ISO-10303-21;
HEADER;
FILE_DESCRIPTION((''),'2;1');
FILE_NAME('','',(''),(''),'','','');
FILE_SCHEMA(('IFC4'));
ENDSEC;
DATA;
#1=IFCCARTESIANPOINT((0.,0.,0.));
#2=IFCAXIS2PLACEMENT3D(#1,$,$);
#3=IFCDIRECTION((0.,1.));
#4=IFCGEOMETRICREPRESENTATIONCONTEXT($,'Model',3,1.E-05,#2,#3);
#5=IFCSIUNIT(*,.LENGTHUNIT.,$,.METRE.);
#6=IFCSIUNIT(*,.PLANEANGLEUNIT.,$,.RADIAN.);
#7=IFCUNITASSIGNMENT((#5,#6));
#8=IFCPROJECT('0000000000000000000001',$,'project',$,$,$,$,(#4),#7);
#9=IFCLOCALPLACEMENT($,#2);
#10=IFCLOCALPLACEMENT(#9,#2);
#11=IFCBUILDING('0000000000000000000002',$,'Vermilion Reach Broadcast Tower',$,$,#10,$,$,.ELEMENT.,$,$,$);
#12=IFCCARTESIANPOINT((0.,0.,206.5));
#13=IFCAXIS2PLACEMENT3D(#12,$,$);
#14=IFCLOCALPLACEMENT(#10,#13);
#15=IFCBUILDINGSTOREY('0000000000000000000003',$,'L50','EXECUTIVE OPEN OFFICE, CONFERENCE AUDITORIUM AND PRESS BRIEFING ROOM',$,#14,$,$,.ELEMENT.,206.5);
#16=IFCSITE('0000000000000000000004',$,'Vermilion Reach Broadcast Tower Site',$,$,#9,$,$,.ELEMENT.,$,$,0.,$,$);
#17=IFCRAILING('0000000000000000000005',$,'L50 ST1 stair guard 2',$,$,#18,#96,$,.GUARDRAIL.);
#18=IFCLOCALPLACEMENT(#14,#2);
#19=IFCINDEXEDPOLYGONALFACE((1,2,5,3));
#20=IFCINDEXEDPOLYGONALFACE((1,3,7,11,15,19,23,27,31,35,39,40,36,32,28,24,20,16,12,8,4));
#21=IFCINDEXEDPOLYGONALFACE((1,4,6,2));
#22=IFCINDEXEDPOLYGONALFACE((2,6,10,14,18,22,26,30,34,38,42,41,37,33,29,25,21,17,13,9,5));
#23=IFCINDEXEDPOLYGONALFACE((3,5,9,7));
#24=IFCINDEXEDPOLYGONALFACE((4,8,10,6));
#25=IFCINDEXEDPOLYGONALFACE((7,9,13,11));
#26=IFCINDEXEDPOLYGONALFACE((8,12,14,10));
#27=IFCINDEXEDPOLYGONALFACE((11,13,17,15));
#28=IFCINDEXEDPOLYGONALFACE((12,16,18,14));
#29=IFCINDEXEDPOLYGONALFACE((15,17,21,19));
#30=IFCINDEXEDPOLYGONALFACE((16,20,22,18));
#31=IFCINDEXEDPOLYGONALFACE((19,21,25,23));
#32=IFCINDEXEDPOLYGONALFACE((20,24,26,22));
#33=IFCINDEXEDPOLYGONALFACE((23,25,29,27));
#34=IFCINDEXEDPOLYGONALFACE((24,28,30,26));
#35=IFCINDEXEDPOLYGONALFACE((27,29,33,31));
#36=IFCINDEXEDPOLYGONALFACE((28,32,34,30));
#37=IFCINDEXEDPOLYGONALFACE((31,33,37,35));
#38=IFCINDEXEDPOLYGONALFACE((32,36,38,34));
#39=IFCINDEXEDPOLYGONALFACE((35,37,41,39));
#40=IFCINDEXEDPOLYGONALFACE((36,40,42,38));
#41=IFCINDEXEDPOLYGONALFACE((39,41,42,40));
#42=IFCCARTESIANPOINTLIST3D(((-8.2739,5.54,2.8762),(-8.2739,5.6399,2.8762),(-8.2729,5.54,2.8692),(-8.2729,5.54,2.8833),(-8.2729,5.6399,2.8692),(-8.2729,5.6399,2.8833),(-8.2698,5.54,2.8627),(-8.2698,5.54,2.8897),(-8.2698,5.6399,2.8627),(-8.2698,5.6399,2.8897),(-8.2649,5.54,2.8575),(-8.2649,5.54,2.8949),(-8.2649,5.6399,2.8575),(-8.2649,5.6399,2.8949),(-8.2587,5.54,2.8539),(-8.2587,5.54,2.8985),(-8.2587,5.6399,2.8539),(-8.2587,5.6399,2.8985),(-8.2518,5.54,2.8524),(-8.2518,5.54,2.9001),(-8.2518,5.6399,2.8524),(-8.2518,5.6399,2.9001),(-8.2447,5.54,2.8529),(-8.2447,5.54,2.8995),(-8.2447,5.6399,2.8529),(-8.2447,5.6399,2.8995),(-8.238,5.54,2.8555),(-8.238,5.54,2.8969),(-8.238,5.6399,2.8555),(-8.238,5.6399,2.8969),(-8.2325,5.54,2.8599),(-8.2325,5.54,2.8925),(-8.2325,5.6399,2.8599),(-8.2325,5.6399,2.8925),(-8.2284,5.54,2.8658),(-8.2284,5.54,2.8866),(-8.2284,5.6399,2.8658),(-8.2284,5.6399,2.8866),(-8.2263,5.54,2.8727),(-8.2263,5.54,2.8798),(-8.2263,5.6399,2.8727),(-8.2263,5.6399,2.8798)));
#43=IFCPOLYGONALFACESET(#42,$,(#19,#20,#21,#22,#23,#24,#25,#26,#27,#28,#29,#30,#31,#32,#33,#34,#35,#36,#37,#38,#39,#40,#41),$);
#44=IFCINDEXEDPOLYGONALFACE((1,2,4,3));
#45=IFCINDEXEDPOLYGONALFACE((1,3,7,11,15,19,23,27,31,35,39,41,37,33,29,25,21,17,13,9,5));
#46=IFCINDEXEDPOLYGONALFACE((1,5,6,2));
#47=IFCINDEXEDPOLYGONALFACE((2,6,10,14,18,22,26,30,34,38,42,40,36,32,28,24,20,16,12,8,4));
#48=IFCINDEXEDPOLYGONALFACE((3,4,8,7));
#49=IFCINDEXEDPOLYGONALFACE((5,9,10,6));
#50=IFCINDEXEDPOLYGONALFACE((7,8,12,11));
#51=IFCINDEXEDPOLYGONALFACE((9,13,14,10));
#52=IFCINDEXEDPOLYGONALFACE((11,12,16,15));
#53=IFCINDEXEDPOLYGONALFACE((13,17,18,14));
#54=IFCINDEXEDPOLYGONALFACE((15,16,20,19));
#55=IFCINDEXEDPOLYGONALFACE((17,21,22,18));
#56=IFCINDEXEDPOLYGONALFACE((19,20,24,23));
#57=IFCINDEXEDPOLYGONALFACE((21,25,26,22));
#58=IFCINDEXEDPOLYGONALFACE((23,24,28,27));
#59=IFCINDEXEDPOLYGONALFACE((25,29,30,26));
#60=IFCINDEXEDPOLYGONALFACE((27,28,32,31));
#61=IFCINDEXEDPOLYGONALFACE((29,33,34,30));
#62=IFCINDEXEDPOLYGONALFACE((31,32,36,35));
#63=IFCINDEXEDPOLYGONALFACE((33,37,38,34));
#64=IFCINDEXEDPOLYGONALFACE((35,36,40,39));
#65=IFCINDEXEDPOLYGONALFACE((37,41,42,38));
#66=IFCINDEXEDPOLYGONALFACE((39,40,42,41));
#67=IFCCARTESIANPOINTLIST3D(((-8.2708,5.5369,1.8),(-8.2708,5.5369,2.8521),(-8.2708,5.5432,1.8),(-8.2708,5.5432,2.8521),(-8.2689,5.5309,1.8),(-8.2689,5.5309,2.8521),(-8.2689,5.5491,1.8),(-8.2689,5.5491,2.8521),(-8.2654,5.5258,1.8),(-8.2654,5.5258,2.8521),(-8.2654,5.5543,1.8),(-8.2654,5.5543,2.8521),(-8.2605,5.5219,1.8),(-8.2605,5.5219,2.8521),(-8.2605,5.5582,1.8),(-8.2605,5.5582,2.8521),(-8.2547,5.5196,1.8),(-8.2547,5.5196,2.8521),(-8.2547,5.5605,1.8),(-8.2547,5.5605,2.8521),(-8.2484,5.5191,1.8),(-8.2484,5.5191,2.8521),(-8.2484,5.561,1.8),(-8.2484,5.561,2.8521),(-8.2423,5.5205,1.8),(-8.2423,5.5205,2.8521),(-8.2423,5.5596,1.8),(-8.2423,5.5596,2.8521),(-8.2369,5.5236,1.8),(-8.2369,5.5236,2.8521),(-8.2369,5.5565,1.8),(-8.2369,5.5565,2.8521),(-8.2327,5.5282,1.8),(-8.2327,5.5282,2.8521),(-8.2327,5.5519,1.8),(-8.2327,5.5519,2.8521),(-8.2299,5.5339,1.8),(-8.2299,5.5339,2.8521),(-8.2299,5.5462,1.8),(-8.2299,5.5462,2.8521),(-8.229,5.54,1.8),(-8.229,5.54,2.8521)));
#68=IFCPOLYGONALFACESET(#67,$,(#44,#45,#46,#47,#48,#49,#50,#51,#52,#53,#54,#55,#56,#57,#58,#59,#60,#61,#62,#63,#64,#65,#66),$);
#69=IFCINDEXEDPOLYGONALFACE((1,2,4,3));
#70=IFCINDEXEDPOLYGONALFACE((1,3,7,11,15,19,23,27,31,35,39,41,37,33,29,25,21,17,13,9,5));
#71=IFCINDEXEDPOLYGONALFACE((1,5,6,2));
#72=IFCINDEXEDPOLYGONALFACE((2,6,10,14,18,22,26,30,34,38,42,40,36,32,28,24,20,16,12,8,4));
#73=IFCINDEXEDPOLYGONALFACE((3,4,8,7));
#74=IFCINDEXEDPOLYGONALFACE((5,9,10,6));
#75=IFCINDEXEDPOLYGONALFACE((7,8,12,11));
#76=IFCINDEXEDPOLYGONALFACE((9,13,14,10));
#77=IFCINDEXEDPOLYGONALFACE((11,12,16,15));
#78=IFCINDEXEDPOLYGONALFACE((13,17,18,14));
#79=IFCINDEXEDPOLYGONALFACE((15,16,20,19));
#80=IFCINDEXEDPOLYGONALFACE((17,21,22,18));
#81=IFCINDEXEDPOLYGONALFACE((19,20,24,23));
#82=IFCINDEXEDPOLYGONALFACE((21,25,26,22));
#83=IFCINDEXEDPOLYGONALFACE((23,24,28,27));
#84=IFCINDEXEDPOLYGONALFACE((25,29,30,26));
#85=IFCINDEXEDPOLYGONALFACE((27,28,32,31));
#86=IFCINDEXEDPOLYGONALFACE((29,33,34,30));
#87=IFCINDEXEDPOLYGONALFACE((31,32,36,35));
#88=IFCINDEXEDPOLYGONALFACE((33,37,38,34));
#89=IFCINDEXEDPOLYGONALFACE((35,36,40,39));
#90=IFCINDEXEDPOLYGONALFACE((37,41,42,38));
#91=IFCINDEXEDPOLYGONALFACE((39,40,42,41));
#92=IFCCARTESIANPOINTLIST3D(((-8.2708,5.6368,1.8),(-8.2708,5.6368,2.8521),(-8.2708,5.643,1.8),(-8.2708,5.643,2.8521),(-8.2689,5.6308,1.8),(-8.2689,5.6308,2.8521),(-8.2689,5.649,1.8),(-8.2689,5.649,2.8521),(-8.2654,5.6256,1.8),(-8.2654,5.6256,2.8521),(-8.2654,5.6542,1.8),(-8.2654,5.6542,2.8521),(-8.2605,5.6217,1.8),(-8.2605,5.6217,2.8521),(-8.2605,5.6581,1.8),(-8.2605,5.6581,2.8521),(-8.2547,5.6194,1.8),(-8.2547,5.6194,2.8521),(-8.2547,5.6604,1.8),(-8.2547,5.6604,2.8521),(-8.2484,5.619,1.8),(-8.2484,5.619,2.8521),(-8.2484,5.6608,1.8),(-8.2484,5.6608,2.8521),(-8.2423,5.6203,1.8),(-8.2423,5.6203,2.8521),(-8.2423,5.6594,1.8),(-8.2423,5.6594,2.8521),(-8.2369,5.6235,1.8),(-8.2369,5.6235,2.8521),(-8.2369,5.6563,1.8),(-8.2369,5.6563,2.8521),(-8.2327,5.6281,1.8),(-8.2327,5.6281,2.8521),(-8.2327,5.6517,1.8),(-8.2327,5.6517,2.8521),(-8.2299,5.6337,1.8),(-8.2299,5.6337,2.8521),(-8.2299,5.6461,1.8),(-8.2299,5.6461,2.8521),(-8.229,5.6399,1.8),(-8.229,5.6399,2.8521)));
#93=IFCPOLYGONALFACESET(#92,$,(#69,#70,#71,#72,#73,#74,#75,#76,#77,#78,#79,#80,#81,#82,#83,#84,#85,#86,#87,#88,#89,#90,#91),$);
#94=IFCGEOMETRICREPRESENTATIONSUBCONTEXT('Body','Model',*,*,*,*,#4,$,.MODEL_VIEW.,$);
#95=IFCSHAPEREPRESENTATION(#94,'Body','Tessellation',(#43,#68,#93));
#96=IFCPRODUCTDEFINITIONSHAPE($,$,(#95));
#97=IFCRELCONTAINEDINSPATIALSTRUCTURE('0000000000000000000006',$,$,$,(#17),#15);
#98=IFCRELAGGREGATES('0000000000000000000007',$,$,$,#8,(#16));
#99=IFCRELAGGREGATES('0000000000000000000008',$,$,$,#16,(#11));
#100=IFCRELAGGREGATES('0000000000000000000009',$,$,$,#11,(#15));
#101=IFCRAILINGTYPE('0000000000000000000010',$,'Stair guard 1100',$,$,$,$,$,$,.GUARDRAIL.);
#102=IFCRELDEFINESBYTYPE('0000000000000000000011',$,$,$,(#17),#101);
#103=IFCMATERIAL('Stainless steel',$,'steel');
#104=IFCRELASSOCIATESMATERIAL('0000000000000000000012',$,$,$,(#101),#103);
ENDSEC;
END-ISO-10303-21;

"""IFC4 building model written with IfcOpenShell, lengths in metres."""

from ifc_helpers import new_model, si_unit, direction, frame, origin, origin_2d, place, context, subcontext, project, spatial, circle, extrude, material, type_object, element, save


model = new_model("IFC4")

# Units and contexts
model_context = context("Model", 3, precision=1e-05, world=origin(), true_north=direction((0.0, 1.0)))
body_context = subcontext(model_context, "Body", "Model", "MODEL_VIEW")
ifc_project = project(units=[si_unit("LENGTHUNIT", "METRE"), si_unit("PLANEANGLEUNIT", "RADIAN")], contexts=[model_context])

# Site, building, storey
site_placement = place(None, origin())
site = spatial("IfcSite", under=ifc_project, at=site_placement, Name="Vermilion Reach Broadcast Tower Site", CompositionType="ELEMENT", RefElevation=0.0)
building_placement = place(site_placement, origin())
building = spatial("IfcBuilding", under=site, at=building_placement, Name="Vermilion Reach Broadcast Tower", CompositionType="ELEMENT")
storey_placement = place(building_placement, frame((0.0, 0.0, 206.5)))
storey = spatial("IfcBuildingStorey", under=building, at=storey_placement, Name="L50", Description="EXECUTIVE OPEN OFFICE, CONFERENCE AUDITORIUM AND PRESS BRIEFING ROOM", CompositionType="ELEMENT", Elevation=206.5)

# Railing
ifc_material_1 = material(Name="Stainless steel", Category="steel")
railing_type_1 = type_object("IfcRailingType", Name="Stair guard 1100", PredefinedType="GUARDRAIL", material=ifc_material_1)
railing_1_placement = place(storey_placement, frame((-8.25, 5.54, 1.8)))
element("IfcRailing", 1, at=railing_1_placement, inside=storey, type_object=railing_type_1, Name="L50 ST1 stair guard 2", PredefinedType="GUARDRAIL", context=body_context, shape_type="SweptSolid", body=[
    extrude(circle(Radius=0.0239, at=origin_2d()), frame((0.0, 0.0, 1.0762), z_axis=(0.0, 1.0, 0.0), x_axis=(-1.0, 0.0, 0.0)), (0.0, 0.0, 1.0), 0.0999),
    extrude(circle(Radius=0.021, at=origin_2d()), origin(), (0.0, 0.0, 1.0), 1.052),
    extrude(circle(Radius=0.021, at=origin_2d()), frame((0.0, 0.0999, 0.0)), (0.0, 0.0, 1.0), 1.052),
])

save(model, "model.ifc")
